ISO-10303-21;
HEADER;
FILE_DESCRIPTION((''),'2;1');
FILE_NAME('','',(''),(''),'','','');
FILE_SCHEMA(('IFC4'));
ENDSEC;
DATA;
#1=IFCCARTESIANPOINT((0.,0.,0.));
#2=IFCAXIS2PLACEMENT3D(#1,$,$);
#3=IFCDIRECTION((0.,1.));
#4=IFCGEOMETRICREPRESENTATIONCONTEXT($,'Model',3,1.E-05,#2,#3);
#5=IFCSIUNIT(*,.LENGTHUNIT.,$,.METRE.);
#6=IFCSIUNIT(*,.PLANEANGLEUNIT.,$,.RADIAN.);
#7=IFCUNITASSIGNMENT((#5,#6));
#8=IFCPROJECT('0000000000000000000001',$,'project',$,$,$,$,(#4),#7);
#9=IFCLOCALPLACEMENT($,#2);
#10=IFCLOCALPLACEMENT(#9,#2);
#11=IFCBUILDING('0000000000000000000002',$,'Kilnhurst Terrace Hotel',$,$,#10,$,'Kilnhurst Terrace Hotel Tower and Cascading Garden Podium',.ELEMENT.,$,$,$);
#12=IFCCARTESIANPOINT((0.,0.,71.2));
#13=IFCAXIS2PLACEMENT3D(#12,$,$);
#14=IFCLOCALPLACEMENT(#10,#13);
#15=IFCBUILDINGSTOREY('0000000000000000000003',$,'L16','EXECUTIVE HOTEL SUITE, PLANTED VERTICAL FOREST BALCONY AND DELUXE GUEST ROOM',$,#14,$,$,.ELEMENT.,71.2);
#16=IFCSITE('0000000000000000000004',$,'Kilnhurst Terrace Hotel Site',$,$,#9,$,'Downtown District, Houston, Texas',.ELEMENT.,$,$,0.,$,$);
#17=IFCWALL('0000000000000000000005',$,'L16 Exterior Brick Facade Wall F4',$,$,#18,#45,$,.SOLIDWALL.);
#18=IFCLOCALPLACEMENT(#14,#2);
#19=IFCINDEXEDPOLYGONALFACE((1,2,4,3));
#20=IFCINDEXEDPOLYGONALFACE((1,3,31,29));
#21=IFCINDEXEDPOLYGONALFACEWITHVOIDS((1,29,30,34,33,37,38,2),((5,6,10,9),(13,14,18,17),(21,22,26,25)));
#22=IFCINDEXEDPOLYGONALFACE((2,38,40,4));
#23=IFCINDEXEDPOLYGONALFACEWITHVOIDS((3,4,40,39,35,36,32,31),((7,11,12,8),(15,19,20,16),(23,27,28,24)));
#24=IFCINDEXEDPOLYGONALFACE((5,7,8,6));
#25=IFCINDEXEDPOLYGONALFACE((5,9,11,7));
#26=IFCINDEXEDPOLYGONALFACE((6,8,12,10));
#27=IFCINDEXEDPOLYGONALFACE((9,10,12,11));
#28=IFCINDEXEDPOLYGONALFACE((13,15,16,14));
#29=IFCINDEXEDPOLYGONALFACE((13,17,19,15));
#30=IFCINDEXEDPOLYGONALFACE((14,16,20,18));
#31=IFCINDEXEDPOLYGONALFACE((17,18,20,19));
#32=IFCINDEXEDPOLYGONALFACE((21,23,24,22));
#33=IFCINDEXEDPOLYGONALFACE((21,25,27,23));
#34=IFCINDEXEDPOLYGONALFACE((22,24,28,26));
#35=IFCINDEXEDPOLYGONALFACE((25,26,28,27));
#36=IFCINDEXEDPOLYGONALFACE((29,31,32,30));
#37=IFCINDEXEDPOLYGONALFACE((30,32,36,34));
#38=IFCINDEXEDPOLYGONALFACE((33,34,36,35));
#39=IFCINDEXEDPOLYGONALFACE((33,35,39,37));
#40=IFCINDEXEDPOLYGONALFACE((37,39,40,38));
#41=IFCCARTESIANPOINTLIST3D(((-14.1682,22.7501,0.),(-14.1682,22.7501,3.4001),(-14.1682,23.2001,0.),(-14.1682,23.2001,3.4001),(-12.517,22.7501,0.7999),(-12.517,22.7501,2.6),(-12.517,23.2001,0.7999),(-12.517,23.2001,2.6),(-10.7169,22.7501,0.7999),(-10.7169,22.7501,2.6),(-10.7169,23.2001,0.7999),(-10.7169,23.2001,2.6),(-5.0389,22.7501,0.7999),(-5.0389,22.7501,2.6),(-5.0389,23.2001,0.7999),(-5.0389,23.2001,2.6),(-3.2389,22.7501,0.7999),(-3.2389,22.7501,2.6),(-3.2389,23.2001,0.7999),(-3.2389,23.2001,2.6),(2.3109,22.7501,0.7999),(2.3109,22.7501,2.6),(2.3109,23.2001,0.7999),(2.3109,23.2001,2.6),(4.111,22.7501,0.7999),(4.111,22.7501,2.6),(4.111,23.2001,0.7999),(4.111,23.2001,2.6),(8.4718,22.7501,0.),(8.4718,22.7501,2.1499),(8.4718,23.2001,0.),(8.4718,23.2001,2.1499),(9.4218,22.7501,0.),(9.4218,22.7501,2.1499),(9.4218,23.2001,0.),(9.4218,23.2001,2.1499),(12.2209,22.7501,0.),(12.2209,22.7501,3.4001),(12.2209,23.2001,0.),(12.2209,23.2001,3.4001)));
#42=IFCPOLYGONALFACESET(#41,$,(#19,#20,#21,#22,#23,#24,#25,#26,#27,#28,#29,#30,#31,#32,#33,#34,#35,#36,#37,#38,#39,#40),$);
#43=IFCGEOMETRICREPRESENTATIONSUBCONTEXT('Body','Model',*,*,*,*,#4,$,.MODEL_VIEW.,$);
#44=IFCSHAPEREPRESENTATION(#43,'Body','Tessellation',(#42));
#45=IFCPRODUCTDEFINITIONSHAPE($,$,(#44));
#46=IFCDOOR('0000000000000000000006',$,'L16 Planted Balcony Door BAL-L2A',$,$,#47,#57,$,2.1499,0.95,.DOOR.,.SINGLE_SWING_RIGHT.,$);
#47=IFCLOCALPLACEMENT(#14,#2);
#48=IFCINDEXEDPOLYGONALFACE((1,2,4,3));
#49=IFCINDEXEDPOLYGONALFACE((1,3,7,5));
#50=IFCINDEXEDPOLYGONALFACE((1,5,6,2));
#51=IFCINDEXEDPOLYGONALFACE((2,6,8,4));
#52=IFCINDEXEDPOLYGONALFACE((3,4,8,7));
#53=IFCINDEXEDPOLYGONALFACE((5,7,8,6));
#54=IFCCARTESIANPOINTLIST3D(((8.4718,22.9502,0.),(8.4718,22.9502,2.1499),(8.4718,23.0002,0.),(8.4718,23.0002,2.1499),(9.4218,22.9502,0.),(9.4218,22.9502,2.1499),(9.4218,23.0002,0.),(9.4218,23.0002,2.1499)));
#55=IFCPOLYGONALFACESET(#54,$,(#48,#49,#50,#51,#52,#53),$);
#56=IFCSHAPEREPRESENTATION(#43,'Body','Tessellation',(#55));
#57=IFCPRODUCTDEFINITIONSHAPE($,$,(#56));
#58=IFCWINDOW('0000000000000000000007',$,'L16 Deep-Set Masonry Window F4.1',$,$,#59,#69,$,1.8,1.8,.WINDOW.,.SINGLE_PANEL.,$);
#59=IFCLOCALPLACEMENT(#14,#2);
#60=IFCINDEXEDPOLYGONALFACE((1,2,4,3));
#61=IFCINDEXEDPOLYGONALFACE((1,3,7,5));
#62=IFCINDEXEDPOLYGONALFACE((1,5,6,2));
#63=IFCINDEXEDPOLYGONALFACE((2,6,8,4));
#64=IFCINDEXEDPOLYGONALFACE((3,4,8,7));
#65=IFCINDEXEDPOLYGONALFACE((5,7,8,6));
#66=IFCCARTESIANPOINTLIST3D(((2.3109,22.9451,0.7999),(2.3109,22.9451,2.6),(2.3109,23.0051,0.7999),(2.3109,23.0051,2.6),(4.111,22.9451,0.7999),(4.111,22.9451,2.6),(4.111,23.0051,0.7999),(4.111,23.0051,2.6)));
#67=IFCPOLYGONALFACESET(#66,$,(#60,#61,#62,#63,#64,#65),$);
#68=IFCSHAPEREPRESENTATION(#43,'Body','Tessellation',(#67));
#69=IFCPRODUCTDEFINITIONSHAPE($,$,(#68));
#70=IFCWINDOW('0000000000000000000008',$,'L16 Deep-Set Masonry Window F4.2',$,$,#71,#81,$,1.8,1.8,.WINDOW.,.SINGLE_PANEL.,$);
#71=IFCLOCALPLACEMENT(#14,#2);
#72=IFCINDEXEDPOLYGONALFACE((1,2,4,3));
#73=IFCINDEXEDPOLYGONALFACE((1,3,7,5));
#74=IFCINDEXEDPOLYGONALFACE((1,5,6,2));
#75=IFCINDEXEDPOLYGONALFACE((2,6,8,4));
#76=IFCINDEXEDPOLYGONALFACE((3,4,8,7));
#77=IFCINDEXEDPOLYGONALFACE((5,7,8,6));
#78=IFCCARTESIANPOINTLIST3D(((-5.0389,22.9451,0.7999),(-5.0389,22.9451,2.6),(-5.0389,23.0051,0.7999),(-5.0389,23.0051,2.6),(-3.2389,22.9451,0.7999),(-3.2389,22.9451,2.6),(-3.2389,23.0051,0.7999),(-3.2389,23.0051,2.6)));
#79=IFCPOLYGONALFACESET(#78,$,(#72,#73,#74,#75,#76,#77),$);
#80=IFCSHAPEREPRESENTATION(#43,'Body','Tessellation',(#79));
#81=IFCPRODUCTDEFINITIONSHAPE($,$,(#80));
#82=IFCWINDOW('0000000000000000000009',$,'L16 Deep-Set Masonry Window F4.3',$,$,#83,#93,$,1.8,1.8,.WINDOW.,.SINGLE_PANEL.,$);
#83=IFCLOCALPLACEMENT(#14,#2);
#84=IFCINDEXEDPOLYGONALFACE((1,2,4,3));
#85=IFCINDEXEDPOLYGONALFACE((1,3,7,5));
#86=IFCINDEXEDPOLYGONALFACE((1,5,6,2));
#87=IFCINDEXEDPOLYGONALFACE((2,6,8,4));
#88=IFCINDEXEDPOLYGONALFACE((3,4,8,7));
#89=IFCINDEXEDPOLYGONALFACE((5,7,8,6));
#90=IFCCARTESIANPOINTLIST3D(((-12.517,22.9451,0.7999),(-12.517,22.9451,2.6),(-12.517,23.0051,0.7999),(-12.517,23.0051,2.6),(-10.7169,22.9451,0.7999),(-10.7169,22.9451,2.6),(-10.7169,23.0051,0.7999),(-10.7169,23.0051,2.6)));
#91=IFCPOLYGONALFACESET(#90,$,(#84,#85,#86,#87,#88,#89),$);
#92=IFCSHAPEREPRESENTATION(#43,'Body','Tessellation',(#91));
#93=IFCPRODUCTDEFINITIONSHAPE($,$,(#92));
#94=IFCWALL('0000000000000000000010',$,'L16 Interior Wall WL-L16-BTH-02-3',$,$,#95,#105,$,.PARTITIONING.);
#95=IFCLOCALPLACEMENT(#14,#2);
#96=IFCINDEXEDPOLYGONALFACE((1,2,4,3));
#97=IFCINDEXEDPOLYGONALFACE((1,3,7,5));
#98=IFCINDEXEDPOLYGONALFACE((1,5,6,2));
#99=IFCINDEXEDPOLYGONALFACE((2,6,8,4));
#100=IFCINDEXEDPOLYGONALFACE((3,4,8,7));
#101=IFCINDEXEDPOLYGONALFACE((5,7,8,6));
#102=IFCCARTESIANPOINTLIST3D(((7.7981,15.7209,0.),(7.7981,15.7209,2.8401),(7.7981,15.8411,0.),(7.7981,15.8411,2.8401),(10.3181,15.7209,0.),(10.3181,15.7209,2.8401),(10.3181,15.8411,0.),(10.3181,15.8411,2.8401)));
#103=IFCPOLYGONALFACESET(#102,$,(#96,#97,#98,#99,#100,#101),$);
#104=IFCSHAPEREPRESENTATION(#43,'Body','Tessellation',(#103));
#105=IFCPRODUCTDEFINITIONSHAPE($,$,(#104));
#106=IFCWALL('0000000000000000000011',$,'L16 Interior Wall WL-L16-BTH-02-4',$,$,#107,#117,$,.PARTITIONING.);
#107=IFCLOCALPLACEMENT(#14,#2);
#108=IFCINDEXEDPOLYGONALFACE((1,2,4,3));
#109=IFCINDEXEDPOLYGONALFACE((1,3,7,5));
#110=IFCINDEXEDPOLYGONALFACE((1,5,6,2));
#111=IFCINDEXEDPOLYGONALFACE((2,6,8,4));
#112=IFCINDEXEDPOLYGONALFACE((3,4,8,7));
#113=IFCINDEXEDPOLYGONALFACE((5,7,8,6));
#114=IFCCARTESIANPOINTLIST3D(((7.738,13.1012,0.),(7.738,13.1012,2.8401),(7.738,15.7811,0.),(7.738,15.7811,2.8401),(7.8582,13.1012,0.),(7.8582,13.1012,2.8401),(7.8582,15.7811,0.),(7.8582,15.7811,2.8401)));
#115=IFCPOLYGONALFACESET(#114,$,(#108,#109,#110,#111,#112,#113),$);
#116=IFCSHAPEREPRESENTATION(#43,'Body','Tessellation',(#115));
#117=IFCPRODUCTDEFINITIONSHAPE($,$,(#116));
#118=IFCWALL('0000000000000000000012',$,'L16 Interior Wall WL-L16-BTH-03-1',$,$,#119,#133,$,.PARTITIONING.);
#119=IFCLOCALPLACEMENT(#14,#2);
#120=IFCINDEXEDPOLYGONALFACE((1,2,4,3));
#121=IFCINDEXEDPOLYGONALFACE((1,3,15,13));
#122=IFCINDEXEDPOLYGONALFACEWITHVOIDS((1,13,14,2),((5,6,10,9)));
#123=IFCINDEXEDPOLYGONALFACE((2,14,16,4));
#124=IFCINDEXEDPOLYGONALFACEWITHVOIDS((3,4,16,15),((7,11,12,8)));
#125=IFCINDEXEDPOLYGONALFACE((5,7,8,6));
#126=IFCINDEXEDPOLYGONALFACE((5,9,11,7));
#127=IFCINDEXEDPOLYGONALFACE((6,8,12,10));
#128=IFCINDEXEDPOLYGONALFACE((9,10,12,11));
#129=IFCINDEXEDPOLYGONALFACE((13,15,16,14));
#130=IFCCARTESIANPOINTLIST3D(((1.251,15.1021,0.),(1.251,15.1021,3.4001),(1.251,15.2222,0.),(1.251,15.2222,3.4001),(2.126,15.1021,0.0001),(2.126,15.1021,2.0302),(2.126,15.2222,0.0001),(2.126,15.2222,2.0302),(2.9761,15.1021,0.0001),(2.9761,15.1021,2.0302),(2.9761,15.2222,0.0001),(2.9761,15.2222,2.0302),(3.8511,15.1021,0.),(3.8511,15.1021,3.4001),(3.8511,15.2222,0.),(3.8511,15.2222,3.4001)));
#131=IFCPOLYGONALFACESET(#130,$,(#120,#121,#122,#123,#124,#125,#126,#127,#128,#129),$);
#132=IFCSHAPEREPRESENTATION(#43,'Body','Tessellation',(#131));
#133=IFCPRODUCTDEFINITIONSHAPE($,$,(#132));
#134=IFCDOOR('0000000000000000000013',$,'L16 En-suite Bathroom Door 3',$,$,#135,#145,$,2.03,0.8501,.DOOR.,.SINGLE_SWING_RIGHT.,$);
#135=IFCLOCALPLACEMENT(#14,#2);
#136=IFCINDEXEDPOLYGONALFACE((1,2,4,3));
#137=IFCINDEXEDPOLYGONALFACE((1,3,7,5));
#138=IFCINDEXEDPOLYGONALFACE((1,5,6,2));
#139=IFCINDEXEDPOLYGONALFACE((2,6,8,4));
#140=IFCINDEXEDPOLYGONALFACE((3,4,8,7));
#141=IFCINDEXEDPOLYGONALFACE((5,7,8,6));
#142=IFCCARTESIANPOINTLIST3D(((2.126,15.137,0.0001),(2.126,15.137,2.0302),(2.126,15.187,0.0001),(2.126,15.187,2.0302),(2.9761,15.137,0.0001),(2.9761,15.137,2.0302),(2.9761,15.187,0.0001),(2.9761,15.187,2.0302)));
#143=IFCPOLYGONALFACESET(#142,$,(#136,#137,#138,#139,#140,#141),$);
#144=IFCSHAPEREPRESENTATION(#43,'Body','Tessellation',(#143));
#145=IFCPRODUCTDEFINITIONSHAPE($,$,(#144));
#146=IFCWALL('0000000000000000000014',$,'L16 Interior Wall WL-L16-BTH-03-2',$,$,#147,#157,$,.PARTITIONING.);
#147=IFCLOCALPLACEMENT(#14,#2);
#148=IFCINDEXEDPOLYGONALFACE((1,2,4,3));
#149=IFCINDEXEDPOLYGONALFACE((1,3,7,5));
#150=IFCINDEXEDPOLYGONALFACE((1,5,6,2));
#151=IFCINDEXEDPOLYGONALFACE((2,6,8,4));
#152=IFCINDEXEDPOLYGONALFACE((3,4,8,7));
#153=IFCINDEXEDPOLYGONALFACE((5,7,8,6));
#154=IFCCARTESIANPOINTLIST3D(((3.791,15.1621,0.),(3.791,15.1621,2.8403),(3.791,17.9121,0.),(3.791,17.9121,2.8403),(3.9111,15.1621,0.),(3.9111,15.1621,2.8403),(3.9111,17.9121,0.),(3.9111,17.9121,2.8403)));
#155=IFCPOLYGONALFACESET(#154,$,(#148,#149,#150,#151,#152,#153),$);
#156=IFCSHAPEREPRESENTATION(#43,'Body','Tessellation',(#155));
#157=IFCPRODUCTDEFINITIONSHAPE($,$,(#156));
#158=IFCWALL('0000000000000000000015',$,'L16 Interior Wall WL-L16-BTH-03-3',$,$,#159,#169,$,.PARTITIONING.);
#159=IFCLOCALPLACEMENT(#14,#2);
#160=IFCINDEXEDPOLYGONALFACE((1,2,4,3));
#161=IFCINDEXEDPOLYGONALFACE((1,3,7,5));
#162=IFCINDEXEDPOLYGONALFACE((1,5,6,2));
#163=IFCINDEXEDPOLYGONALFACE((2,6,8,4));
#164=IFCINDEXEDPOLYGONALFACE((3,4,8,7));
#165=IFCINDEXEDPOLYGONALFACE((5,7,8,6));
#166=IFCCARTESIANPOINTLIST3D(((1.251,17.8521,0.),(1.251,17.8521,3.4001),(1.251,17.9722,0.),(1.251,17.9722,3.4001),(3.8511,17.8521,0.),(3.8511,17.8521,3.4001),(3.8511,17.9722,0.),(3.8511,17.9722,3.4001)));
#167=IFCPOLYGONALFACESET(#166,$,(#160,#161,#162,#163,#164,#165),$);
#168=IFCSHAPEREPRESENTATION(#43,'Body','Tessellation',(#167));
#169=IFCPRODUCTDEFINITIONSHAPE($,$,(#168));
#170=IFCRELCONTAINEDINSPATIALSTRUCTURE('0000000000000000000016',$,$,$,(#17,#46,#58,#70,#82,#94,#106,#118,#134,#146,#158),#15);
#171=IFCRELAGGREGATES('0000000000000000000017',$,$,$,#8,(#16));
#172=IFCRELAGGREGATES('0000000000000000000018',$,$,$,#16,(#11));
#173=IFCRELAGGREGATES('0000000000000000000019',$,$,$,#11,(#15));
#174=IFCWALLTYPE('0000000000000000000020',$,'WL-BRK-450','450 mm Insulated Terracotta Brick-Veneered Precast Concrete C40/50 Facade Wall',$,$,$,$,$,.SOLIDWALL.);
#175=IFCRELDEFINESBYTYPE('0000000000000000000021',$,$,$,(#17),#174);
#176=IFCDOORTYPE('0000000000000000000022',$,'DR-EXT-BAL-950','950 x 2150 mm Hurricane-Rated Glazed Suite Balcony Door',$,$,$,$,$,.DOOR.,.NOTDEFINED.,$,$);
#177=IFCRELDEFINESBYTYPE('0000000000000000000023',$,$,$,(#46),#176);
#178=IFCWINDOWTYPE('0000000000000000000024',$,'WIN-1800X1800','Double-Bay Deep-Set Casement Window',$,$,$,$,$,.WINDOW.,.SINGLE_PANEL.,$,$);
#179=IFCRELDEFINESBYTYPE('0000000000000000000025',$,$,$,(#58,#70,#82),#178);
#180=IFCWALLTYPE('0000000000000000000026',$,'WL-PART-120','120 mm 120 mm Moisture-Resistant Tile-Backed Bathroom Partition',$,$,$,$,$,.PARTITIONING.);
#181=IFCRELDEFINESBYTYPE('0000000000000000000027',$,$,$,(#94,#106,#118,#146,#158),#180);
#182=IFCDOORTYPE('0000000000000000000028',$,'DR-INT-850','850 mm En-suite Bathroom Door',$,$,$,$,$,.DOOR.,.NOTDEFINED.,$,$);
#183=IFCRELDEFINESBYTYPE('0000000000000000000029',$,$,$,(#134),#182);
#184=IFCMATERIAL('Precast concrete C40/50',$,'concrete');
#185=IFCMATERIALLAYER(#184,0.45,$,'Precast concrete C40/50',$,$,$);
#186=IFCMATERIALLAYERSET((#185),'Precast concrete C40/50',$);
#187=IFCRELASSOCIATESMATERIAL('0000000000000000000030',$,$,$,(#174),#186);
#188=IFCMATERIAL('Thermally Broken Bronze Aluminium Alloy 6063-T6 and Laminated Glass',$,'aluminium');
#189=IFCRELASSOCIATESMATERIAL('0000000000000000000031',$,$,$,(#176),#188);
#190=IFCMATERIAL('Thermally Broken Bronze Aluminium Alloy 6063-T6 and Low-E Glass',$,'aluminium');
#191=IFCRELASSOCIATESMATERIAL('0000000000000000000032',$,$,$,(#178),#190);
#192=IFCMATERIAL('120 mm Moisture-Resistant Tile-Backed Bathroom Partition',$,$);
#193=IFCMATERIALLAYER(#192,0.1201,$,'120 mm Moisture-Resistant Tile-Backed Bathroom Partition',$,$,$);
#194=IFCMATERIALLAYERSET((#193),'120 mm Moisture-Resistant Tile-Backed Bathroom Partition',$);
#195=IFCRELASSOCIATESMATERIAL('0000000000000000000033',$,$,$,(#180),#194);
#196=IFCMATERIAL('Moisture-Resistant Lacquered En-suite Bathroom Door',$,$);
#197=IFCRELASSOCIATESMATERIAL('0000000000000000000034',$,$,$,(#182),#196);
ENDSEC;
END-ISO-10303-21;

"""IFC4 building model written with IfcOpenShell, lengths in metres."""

from ifc_helpers import new_model, si_unit, direction, frame, frame_2d, origin, place, context, subcontext, project, spatial, rectangle, extrude, material, layer, layer_set, type_object, element, fill, save


model = new_model("IFC4")

# Units and contexts
model_context = context("Model", 3, precision=1e-05, world=origin(), true_north=direction((0.0, 1.0)))
body_context = subcontext(model_context, "Body", "Model", "MODEL_VIEW")
ifc_project = project(units=[si_unit("LENGTHUNIT", "METRE"), si_unit("PLANEANGLEUNIT", "RADIAN")], contexts=[model_context])

# Site, building, storey
site_placement = place(None, origin())
site = spatial("IfcSite", under=ifc_project, at=site_placement, Name="Kilnhurst Terrace Hotel Site", LongName="Downtown District, Houston, Texas", CompositionType="ELEMENT", RefElevation=0.0)
building_placement = place(site_placement, origin())
building = spatial("IfcBuilding", under=site, at=building_placement, Name="Kilnhurst Terrace Hotel", LongName="Kilnhurst Terrace Hotel Tower and Cascading Garden Podium", CompositionType="ELEMENT")
storey_placement = place(building_placement, frame((0.0, 0.0, 71.2)))
storey = spatial("IfcBuildingStorey", under=building, at=storey_placement, Name="L16", Description="EXECUTIVE HOTEL SUITE, PLANTED VERTICAL FOREST BALCONY AND DELUXE GUEST ROOM", CompositionType="ELEMENT", Elevation=71.2)

# Shared definitions
ifc_material_1 = material(Name="Precast concrete C40/50", Category="concrete")
ifc_layer_1 = layer(ifc_material_1, 0.45, Name="Precast concrete C40/50")
ifc_layer_set_1 = layer_set([ifc_layer_1], Name="Precast concrete C40/50")
wall_type_1 = type_object("IfcWallType", Name="WL-BRK-450", Description="450 mm Insulated Terracotta Brick-Veneered Precast Concrete C40/50 Facade Wall", PredefinedType="SOLIDWALL", material=ifc_layer_set_1)

# Wall, openings, door, windows
wall_1_placement = place(storey_placement, frame((12.2209, 22.9751, 0.0), z_axis=(0.0, 0.0, 1.0), x_axis=(-1.0, 0.0, 0.0)))
wall_1 = element("IfcWall", 1, at=wall_1_placement, inside=storey, type_object=wall_type_1, Name="L16 Exterior Brick Facade Wall F4", PredefinedType="SOLIDWALL", context=body_context, shape_type="SweptSolid", body=[
    extrude(rectangle(XDim=26.3892, YDim=0.45, at=frame_2d((13.1946, 0.0))), origin(), (0.0, 0.0, 1.0), 3.4001),
])
opening_1_placement = place(wall_1_placement, frame((2.7991, 0.0, 0.0)))
opening_1 = element("IfcOpeningElement", 2, at=opening_1_placement, cuts=wall_1, PredefinedType="OPENING", context=body_context, shape_type="SweptSolid", body=[
    extrude(rectangle(XDim=0.95, YDim=2.1499, at=frame_2d((0.4751, 1.075))), frame((0.0, 0.2349, 0.0), z_axis=(0.0, -1.0, 0.0), x_axis=(1.0, 0.0, 0.0)), (0.0, 0.0, 1.0), 0.47),
])
opening_2_placement = place(wall_1_placement, frame((8.1101, 0.0, 0.8)))
opening_2 = element("IfcOpeningElement", 3, at=opening_2_placement, cuts=wall_1, PredefinedType="OPENING", context=body_context, shape_type="SweptSolid", body=[
    extrude(rectangle(XDim=1.8, YDim=1.8, at=frame_2d((0.8999, 0.8999))), frame((0.0, 0.2349, 0.0), z_axis=(0.0, -1.0, 0.0), x_axis=(1.0, 0.0, 0.0)), (0.0, 0.0, 1.0), 0.47),
])
opening_3_placement = place(wall_1_placement, frame((15.46, 0.0, 0.8)))
opening_3 = element("IfcOpeningElement", 4, at=opening_3_placement, cuts=wall_1, PredefinedType="OPENING", context=body_context, shape_type="SweptSolid", body=[
    extrude(rectangle(XDim=1.8, YDim=1.8, at=frame_2d((0.8999, 0.8999))), frame((0.0, 0.2349, 0.0), z_axis=(0.0, -1.0, 0.0), x_axis=(1.0, 0.0, 0.0)), (0.0, 0.0, 1.0), 0.47),
])
opening_4_placement = place(wall_1_placement, frame((22.938, 0.0, 0.8)))
opening_4 = element("IfcOpeningElement", 5, at=opening_4_placement, cuts=wall_1, PredefinedType="OPENING", context=body_context, shape_type="SweptSolid", body=[
    extrude(rectangle(XDim=1.8, YDim=1.8, at=frame_2d((0.8999, 0.8999))), frame((0.0, 0.2349, 0.0), z_axis=(0.0, -1.0, 0.0), x_axis=(1.0, 0.0, 0.0)), (0.0, 0.0, 1.0), 0.47),
])
ifc_material_2 = material(Name="Thermally Broken Bronze Aluminium Alloy 6063-T6 and Laminated Glass", Category="aluminium")
door_type_1 = type_object("IfcDoorType", Name="DR-EXT-BAL-950", Description="950 x 2150 mm Hurricane-Rated Glazed Suite Balcony Door", OperationType="NOTDEFINED", PredefinedType="DOOR", material=ifc_material_2)
door_1_placement = place(opening_1_placement, origin())
door_1 = element("IfcDoor", 6, at=door_1_placement, inside=storey, type_object=door_type_1, Name="L16 Planted Balcony Door BAL-L2A", OperationType="SINGLE_SWING_RIGHT", OverallHeight=2.1499, OverallWidth=0.95, PredefinedType="DOOR", context=body_context, shape_type="SweptSolid", body=[
    extrude(rectangle(XDim=0.95, YDim=2.1499, at=frame_2d((0.4751, 1.075))), frame((0.0, 0.0249, 0.0), z_axis=(0.0, -1.0, 0.0), x_axis=(1.0, 0.0, 0.0)), (0.0, 0.0, 1.0), 0.05),
])
fill(opening_1, door_1)
ifc_material_3 = material(Name="Thermally Broken Bronze Aluminium Alloy 6063-T6 and Low-E Glass", Category="aluminium")
window_type = type_object("IfcWindowType", Name="WIN-1800X1800", Description="Double-Bay Deep-Set Casement Window", PartitioningType="SINGLE_PANEL", PredefinedType="WINDOW", material=ifc_material_3)
window_1_placement = place(opening_2_placement, origin())
window_1 = element("IfcWindow", 7, at=window_1_placement, inside=storey, type_object=window_type, Name="L16 Deep-Set Masonry Window F4.1", OverallHeight=1.8, OverallWidth=1.8, PartitioningType="SINGLE_PANEL", PredefinedType="WINDOW", context=body_context, shape_type="SweptSolid", body=[
    extrude(rectangle(XDim=1.8, YDim=1.8, at=frame_2d((0.8999, 0.8999))), frame((0.0, 0.03, 0.0), z_axis=(0.0, -1.0, 0.0), x_axis=(1.0, 0.0, 0.0)), (0.0, 0.0, 1.0), 0.0601),
])
fill(opening_2, window_1)
window_2_placement = place(opening_3_placement, origin())
window_2 = element("IfcWindow", 8, at=window_2_placement, inside=storey, type_object=window_type, Name="L16 Deep-Set Masonry Window F4.2", OverallHeight=1.8, OverallWidth=1.8, PartitioningType="SINGLE_PANEL", PredefinedType="WINDOW", context=body_context, shape_type="SweptSolid", body=[
    extrude(rectangle(XDim=1.8, YDim=1.8, at=frame_2d((0.8999, 0.8999))), frame((0.0, 0.03, 0.0), z_axis=(0.0, -1.0, 0.0), x_axis=(1.0, 0.0, 0.0)), (0.0, 0.0, 1.0), 0.0601),
])
fill(opening_3, window_2)
window_3_placement = place(opening_4_placement, origin())
window_3 = element("IfcWindow", 9, at=window_3_placement, inside=storey, type_object=window_type, Name="L16 Deep-Set Masonry Window F4.3", OverallHeight=1.8, OverallWidth=1.8, PartitioningType="SINGLE_PANEL", PredefinedType="WINDOW", context=body_context, shape_type="SweptSolid", body=[
    extrude(rectangle(XDim=1.8, YDim=1.8, at=frame_2d((0.8999, 0.8999))), frame((0.0, 0.03, 0.0), z_axis=(0.0, -1.0, 0.0), x_axis=(1.0, 0.0, 0.0)), (0.0, 0.0, 1.0), 0.0601),
])
fill(opening_4, window_3)

# Walls
ifc_material_4 = material(Name="120 mm Moisture-Resistant Tile-Backed Bathroom Partition")
ifc_layer_2 = layer(ifc_material_4, 0.1201, Name="120 mm Moisture-Resistant Tile-Backed Bathroom Partition")
ifc_layer_set_2 = layer_set([ifc_layer_2], Name="120 mm Moisture-Resistant Tile-Backed Bathroom Partition")
wall_type_2 = type_object("IfcWallType", Name="WL-PART-120", Description="120 mm 120 mm Moisture-Resistant Tile-Backed Bathroom Partition", PredefinedType="PARTITIONING", material=ifc_layer_set_2)
wall_2_placement = place(storey_placement, frame((10.3181, 15.781, 0.0), z_axis=(0.0, 0.0, 1.0), x_axis=(-1.0, 0.0, 0.0)))
element("IfcWall", 10, at=wall_2_placement, inside=storey, type_object=wall_type_2, Name="L16 Interior Wall WL-L16-BTH-02-3", PredefinedType="PARTITIONING", context=body_context, shape_type="SweptSolid", body=[
    extrude(rectangle(XDim=2.52, YDim=0.1201, at=frame_2d((1.26, 0.0))), origin(), (0.0, 0.0, 1.0), 2.8401),
])
wall_3_placement = place(storey_placement, frame((7.7981, 15.781, 0.0), z_axis=(0.0, 0.0, 1.0), x_axis=(0.0, -1.0, 0.0)))
element("IfcWall", 11, at=wall_3_placement, inside=storey, type_object=wall_type_2, Name="L16 Interior Wall WL-L16-BTH-02-4", PredefinedType="PARTITIONING", context=body_context, shape_type="SweptSolid", body=[
    extrude(rectangle(XDim=2.6799, YDim=0.1201, at=frame_2d((1.3398, 0.0))), origin(), (0.0, 0.0, 1.0), 2.8401),
])

# Wall, opening, door
wall_4_placement = place(storey_placement, frame((1.251, 15.1621, 0.0), z_axis=(0.0, 0.0, 1.0), x_axis=(1.0, 0.0, 0.0)))
wall_4 = element("IfcWall", 12, at=wall_4_placement, inside=storey, type_object=wall_type_2, Name="L16 Interior Wall WL-L16-BTH-03-1", PredefinedType="PARTITIONING", context=body_context, shape_type="SweptSolid", body=[
    extrude(rectangle(XDim=2.6001, YDim=0.1201, at=frame_2d((1.3, 0.0))), origin(), (0.0, 0.0, 1.0), 3.4001),
])
opening_5_placement = place(wall_4_placement, frame((0.875, 0.0, 0.0)))
opening_5 = element("IfcOpeningElement", 13, at=opening_5_placement, cuts=wall_4, PredefinedType="OPENING", context=body_context, shape_type="SweptSolid", body=[
    extrude(rectangle(XDim=0.8501, YDim=2.03, at=frame_2d((0.425, 1.0151))), frame((0.0, 0.0701, 0.0), z_axis=(0.0, -1.0, 0.0), x_axis=(1.0, 0.0, 0.0)), (0.0, 0.0, 1.0), 0.1401),
])
ifc_material_5 = material(Name="Moisture-Resistant Lacquered En-suite Bathroom Door")
door_type_2 = type_object("IfcDoorType", Name="DR-INT-850", Description="850 mm En-suite Bathroom Door", OperationType="NOTDEFINED", PredefinedType="DOOR", material=ifc_material_5)
door_2_placement = place(opening_5_placement, origin())
door_2 = element("IfcDoor", 14, at=door_2_placement, inside=storey, type_object=door_type_2, Name="L16 En-suite Bathroom Door 3", OperationType="SINGLE_SWING_RIGHT", OverallHeight=2.03, OverallWidth=0.8501, PredefinedType="DOOR", context=body_context, shape_type="SweptSolid", body=[
    extrude(rectangle(XDim=0.8501, YDim=2.03, at=frame_2d((0.425, 1.0151))), frame((0.0, 0.0249, 0.0), z_axis=(0.0, -1.0, 0.0), x_axis=(1.0, 0.0, 0.0)), (0.0, 0.0, 1.0), 0.05),
])
fill(opening_5, door_2)

# Walls
wall_5_placement = place(storey_placement, frame((3.8511, 15.1621, 0.0), z_axis=(0.0, 0.0, 1.0), x_axis=(0.0, 1.0, 0.0)))
element("IfcWall", 15, at=wall_5_placement, inside=storey, type_object=wall_type_2, Name="L16 Interior Wall WL-L16-BTH-03-2", PredefinedType="PARTITIONING", context=body_context, shape_type="SweptSolid", body=[
    extrude(rectangle(XDim=2.75, YDim=0.1201, at=frame_2d((1.375, 0.0))), origin(), (0.0, 0.0, 1.0), 2.8403),
])
wall_6_placement = place(storey_placement, frame((3.8511, 17.9121, 0.0), z_axis=(0.0, 0.0, 1.0), x_axis=(-1.0, 0.0, 0.0)))
element("IfcWall", 16, at=wall_6_placement, inside=storey, type_object=wall_type_2, Name="L16 Interior Wall WL-L16-BTH-03-3", PredefinedType="PARTITIONING", context=body_context, shape_type="SweptSolid", body=[
    extrude(rectangle(XDim=2.6001, YDim=0.1201, at=frame_2d((1.3, 0.0))), origin(), (0.0, 0.0, 1.0), 3.4001),
])

save(model, "model.ifc")
